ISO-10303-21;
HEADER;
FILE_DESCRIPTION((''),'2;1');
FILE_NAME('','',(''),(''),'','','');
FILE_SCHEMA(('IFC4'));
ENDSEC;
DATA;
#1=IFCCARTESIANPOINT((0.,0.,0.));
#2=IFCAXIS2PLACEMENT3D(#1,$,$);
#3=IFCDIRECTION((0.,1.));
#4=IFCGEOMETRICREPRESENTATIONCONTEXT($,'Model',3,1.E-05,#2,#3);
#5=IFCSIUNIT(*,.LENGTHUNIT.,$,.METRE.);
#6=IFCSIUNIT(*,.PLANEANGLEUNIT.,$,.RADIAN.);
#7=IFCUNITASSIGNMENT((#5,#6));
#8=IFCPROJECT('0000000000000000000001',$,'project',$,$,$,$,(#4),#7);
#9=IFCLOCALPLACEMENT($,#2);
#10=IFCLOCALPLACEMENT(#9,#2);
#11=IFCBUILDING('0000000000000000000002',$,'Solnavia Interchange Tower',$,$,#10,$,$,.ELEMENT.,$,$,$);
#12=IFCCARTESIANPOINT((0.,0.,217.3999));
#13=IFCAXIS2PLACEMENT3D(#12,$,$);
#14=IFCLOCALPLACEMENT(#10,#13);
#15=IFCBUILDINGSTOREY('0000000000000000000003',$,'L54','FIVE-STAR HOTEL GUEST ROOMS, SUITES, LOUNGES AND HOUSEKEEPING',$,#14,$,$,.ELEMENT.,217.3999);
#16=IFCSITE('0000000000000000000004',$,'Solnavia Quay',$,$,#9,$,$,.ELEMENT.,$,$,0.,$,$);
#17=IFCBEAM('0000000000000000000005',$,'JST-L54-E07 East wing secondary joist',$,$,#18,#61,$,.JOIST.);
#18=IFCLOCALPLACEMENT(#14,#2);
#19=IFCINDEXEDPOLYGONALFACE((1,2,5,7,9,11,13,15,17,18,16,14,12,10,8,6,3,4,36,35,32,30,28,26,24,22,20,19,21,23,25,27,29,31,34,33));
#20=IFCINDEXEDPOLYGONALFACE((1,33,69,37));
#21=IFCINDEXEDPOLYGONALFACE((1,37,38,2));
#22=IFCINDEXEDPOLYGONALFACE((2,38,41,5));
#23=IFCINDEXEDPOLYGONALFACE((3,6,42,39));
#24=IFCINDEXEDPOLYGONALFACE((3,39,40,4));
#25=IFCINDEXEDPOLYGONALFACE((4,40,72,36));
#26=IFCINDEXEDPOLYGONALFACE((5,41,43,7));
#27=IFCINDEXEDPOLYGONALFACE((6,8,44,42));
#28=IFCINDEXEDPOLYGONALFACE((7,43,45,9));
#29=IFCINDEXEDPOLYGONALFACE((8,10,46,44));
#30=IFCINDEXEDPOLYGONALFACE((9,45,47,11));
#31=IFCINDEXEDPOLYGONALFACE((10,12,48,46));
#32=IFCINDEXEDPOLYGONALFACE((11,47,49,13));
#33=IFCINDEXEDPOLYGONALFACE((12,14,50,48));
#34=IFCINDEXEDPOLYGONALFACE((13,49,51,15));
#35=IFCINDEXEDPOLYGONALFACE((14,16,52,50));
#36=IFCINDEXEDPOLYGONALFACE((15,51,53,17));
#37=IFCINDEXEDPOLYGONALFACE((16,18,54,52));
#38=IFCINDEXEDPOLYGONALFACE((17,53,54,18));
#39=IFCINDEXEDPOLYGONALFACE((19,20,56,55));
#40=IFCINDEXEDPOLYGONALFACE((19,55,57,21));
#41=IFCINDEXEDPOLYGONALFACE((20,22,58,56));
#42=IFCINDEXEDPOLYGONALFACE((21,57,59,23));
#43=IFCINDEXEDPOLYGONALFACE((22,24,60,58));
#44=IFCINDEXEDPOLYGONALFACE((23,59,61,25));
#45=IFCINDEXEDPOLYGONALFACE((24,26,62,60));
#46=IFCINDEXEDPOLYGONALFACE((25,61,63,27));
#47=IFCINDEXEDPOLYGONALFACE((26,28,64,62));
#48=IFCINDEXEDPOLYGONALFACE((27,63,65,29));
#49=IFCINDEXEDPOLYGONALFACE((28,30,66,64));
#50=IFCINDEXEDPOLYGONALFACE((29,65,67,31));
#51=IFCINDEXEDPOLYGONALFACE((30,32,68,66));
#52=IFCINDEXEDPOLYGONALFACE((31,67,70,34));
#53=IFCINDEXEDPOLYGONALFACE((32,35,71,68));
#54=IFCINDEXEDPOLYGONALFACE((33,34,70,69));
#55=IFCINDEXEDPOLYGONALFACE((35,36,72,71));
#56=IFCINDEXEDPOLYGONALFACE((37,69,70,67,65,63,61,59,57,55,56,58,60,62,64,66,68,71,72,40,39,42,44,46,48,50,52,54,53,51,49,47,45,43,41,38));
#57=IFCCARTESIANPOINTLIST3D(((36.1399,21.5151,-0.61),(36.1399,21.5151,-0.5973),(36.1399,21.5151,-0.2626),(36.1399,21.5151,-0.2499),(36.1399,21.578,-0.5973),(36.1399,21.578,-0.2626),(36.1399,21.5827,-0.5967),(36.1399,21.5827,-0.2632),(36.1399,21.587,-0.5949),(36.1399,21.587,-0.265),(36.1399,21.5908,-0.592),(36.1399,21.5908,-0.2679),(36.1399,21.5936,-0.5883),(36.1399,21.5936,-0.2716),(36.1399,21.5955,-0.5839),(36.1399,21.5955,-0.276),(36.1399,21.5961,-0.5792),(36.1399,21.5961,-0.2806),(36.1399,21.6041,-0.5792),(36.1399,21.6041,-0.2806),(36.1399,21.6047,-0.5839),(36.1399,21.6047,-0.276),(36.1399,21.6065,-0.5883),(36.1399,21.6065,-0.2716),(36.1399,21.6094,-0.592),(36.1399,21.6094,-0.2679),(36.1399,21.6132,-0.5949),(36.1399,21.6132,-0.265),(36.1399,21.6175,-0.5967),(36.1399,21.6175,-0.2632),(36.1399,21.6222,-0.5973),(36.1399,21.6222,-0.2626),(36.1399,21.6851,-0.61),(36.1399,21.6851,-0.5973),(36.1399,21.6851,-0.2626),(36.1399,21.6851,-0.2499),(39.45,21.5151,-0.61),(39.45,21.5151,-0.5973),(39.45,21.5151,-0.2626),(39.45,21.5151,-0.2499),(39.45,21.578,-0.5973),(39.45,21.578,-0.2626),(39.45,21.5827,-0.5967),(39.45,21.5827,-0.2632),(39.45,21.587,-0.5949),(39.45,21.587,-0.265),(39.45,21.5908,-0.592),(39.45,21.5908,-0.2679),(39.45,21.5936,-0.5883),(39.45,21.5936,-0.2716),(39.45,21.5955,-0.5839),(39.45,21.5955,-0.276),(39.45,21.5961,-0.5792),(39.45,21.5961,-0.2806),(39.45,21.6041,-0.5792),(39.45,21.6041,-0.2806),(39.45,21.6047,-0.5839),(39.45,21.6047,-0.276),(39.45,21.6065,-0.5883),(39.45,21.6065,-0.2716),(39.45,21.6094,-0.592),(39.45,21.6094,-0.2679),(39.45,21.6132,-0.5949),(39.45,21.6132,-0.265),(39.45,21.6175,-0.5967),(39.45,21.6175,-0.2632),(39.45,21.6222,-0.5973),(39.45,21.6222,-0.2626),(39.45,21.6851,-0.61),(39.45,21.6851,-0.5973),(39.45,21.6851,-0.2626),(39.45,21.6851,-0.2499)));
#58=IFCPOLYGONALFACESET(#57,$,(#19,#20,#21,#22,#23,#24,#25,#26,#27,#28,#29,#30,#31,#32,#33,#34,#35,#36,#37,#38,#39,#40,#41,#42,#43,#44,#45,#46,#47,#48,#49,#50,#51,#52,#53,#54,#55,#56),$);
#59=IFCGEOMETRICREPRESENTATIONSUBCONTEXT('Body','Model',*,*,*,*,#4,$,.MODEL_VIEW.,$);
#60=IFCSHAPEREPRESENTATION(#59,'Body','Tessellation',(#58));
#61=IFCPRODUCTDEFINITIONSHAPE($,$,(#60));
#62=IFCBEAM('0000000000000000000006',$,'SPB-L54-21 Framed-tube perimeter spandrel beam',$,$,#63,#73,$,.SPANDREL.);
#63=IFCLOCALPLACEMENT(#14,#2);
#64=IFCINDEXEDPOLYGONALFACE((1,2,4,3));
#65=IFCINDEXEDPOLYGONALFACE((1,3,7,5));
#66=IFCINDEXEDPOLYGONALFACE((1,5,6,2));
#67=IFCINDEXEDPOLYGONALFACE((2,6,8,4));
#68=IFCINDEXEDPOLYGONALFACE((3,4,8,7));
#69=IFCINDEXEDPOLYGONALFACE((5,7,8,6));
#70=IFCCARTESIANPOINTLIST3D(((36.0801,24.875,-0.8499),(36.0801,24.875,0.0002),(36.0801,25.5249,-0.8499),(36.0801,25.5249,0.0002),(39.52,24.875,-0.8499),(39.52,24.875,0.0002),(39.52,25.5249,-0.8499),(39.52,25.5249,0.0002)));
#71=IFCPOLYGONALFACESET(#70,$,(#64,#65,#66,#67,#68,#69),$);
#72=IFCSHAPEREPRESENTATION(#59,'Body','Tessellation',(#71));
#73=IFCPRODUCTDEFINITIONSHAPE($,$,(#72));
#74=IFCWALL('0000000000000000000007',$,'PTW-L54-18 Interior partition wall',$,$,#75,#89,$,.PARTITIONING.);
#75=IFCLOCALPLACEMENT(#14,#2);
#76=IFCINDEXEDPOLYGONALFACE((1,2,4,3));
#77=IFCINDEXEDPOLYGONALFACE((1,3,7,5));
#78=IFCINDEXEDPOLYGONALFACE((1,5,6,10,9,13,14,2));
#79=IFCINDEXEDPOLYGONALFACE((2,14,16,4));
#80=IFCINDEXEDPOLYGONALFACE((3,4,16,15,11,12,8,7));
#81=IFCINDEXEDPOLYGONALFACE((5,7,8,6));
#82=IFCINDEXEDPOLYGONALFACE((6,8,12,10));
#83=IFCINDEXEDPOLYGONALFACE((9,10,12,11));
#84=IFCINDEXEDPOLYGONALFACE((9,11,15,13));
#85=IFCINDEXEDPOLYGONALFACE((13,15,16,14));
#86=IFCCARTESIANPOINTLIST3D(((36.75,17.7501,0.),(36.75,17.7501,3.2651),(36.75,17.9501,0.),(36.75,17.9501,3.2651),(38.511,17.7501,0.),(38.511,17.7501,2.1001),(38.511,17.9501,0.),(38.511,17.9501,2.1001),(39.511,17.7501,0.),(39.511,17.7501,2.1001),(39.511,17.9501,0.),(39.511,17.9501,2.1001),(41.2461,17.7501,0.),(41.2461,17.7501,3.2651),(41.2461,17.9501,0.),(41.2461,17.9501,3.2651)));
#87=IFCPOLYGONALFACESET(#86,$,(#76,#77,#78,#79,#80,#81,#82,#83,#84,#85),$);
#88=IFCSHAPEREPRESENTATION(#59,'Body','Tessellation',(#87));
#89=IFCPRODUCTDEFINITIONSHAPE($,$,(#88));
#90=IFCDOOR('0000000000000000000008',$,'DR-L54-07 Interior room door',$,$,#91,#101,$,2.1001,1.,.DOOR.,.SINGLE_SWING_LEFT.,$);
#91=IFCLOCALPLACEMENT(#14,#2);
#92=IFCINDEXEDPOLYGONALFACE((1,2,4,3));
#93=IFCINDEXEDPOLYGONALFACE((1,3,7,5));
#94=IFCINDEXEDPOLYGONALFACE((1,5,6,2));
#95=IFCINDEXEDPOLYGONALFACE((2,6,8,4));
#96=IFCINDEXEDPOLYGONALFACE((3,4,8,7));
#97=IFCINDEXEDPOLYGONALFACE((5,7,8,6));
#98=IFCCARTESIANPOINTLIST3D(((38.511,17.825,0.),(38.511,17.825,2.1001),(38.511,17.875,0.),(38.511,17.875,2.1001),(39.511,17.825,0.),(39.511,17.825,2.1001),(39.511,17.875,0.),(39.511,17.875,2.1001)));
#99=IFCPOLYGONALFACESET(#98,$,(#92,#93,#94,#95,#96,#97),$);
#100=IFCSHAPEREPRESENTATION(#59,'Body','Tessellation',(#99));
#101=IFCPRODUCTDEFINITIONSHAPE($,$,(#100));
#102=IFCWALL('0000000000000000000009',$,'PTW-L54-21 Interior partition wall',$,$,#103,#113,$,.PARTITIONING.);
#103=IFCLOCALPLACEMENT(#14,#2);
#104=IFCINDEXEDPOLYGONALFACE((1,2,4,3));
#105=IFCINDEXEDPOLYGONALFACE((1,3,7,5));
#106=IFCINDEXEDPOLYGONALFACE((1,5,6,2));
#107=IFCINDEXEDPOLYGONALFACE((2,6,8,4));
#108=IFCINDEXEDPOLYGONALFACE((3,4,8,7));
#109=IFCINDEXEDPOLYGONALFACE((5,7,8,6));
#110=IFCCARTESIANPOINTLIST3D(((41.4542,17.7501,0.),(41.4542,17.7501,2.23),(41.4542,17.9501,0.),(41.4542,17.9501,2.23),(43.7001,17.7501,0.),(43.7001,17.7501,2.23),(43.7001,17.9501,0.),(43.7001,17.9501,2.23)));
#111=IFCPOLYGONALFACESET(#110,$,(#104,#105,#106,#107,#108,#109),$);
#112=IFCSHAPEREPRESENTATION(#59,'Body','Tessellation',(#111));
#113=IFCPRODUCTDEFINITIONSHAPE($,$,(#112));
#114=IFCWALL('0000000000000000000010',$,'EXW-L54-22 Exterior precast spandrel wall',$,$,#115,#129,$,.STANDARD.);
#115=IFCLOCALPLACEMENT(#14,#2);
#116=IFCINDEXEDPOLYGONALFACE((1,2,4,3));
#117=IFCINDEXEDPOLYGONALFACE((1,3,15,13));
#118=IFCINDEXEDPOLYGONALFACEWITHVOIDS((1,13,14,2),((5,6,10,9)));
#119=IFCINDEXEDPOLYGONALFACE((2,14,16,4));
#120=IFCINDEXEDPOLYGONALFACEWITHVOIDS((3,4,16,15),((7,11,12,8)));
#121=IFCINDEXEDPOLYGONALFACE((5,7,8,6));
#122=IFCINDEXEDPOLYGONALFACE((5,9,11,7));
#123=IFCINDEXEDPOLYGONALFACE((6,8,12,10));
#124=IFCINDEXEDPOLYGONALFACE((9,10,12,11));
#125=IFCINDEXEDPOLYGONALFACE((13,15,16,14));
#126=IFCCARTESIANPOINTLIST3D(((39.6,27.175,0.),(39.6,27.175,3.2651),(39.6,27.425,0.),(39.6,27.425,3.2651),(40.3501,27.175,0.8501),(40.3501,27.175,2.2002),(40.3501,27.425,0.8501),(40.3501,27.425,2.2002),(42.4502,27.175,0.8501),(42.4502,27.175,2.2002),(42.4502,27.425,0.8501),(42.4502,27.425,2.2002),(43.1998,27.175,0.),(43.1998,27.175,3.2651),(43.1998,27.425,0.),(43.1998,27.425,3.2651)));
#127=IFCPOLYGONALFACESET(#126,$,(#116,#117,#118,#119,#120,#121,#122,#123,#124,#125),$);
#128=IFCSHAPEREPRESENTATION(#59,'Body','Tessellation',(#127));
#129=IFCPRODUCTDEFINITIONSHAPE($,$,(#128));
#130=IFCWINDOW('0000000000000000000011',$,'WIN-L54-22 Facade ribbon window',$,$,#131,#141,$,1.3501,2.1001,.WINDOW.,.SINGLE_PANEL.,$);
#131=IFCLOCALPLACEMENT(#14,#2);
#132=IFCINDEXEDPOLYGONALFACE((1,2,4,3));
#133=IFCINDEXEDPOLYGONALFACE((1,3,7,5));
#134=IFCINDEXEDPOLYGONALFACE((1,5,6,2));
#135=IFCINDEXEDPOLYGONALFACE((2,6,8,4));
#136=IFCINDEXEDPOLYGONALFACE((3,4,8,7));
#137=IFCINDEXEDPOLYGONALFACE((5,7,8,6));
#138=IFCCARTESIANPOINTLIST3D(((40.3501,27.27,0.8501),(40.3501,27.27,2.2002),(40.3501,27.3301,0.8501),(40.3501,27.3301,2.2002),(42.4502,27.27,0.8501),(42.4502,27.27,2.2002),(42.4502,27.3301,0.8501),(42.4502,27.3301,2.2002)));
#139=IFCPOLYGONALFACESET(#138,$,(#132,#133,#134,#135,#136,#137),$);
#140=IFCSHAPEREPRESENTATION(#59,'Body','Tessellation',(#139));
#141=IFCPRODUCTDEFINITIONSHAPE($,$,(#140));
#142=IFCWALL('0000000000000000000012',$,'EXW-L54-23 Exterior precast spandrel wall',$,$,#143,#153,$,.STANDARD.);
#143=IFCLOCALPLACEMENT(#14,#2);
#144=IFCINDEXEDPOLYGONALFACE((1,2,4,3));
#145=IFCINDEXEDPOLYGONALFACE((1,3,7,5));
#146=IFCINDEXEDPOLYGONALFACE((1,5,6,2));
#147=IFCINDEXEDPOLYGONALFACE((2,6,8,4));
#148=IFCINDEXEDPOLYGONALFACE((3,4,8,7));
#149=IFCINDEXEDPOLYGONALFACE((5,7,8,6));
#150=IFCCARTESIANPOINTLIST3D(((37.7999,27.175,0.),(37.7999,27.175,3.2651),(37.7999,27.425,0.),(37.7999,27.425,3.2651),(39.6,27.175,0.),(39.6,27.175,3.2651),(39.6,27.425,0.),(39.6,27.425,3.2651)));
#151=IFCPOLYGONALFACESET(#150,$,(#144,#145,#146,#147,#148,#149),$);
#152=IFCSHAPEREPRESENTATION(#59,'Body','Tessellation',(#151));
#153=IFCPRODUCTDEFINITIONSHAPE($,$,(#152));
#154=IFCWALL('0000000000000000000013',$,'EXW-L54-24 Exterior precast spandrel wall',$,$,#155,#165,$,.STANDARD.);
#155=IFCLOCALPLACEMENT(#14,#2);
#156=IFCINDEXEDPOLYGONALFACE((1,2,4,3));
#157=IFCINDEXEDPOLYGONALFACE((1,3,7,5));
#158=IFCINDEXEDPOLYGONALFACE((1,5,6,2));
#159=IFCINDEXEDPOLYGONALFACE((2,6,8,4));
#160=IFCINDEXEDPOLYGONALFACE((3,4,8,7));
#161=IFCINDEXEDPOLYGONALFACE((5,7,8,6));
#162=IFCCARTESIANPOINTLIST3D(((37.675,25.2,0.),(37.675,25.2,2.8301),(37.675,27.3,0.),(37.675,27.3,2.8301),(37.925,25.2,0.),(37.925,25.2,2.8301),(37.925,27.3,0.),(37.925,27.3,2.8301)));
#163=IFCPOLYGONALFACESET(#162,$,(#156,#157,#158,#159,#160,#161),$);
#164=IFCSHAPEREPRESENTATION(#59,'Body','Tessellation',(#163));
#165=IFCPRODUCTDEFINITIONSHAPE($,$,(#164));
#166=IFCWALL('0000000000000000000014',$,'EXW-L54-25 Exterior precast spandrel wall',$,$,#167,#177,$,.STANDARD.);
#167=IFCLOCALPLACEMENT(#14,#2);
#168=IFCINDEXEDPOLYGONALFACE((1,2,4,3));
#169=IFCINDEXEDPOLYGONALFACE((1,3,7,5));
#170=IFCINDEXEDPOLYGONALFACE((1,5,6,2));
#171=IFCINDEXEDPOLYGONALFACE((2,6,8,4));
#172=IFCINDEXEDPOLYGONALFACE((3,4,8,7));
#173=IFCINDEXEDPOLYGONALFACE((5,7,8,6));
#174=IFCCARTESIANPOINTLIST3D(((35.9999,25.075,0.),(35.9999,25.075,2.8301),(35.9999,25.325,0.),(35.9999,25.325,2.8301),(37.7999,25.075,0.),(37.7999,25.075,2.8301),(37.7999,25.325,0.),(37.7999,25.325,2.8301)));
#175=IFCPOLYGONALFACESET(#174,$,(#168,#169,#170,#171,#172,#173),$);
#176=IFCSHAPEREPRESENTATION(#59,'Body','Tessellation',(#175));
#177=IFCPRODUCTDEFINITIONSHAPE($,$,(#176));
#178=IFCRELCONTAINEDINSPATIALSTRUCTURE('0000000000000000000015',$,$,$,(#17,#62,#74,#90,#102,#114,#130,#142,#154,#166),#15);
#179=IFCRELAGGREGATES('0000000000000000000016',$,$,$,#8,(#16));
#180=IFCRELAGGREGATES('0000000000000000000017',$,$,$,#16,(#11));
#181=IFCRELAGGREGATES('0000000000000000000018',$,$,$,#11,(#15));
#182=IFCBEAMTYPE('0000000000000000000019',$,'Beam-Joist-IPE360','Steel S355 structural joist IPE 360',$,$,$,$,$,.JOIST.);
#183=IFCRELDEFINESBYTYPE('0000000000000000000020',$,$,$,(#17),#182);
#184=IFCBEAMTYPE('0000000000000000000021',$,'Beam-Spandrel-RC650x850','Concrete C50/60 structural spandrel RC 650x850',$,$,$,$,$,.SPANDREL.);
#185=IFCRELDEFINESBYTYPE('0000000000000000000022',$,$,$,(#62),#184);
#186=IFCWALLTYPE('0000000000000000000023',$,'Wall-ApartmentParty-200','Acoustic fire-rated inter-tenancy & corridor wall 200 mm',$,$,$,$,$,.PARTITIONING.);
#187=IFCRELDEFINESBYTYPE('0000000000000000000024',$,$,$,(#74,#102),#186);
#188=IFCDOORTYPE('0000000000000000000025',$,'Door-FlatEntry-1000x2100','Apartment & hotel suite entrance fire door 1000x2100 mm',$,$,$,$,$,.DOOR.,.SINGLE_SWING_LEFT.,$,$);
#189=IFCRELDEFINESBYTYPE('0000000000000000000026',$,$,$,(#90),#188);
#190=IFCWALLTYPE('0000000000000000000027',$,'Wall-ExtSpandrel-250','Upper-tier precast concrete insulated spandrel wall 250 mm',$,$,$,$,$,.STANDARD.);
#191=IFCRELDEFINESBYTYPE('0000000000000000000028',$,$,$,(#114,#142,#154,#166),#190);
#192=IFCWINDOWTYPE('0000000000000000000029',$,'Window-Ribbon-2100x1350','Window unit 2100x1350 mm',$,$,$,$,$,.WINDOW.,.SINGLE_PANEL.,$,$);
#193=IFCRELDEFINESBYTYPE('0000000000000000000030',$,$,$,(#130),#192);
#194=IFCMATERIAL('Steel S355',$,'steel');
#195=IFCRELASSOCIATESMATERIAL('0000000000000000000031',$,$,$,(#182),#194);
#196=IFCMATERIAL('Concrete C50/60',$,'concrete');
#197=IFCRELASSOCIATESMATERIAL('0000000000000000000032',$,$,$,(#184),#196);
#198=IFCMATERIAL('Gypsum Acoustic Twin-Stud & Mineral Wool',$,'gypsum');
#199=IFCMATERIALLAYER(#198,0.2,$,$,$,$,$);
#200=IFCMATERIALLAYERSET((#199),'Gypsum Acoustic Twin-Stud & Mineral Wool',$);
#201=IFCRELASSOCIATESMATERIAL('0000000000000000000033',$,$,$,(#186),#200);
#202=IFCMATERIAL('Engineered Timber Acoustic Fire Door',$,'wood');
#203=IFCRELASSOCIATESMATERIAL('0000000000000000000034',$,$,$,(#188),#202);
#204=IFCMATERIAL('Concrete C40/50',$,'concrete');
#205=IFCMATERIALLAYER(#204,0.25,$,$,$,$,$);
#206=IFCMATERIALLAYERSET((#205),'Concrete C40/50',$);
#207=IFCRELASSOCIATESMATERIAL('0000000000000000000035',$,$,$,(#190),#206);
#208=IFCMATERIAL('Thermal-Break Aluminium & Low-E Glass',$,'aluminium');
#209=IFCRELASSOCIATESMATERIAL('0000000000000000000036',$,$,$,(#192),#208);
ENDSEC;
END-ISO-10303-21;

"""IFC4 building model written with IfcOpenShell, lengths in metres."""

from ifc_helpers import new_model, si_unit, direction, frame, frame_2d, origin, origin_2d, place, context, subcontext, project, spatial, rectangle, i_section, extrude, material, layer, layer_set, material_profile, profile_set, type_object, element, fill, save


model = new_model("IFC4")

# Units and contexts
model_context = context("Model", 3, precision=1e-05, world=origin(), true_north=direction((0.0, 1.0)))
body_context = subcontext(model_context, "Body", "Model", "MODEL_VIEW")
ifc_project = project(units=[si_unit("LENGTHUNIT", "METRE"), si_unit("PLANEANGLEUNIT", "RADIAN")], contexts=[model_context])

# Site, building, storey
site_placement = place(None, origin())
site = spatial("IfcSite", under=ifc_project, at=site_placement, Name="Solnavia Quay", CompositionType="ELEMENT", RefElevation=0.0)
building_placement = place(site_placement, origin())
building = spatial("IfcBuilding", under=site, at=building_placement, Name="Solnavia Interchange Tower", CompositionType="ELEMENT")
storey_placement = place(building_placement, frame((0.0, 0.0, 217.3999)))
storey = spatial("IfcBuildingStorey", under=building, at=storey_placement, Name="L54", Description="FIVE-STAR HOTEL GUEST ROOMS, SUITES, LOUNGES AND HOUSEKEEPING", CompositionType="ELEMENT", Elevation=217.3999)

# Shared definitions
ifc_material_1 = material(Name="Concrete C50/60", Category="concrete")

# Beams
ifc_material_2 = material(Name="Steel S355", Category="steel")
ifc_material_profile_1 = material_profile(ifc_material_2, i_section(OverallWidth=0.1699, OverallDepth=0.3601, WebThickness=0.0081, FlangeThickness=0.0127, FilletRadius=0.0181, at=origin_2d()), Name="IPE 360")
ifc_profile_set_1 = profile_set([ifc_material_profile_1], Name="Steel S355")
beam_type_1 = type_object("IfcBeamType", Name="Beam-Joist-IPE360", Description="Steel S355 structural joist IPE 360", PredefinedType="JOIST", material=ifc_profile_set_1)
beam_1_placement = place(storey_placement, frame((36.1399, 21.6001, -0.4299), z_axis=(1.0, 0.0, 0.0), x_axis=(0.0, 1.0, 0.0)))
element("IfcBeam", 1, at=beam_1_placement, inside=storey, type_object=beam_type_1, Name="JST-L54-E07 East wing secondary joist", PredefinedType="JOIST", context=body_context, shape_type="SweptSolid", body=[
    extrude(i_section(OverallWidth=0.1699, OverallDepth=0.3601, WebThickness=0.0081, FlangeThickness=0.0127, FilletRadius=0.0181, at=origin_2d()), origin(), (0.0, 0.0, 1.0), 3.3101),
])
ifc_material_profile_2 = material_profile(ifc_material_1, rectangle(XDim=0.6499, YDim=0.8501, at=origin_2d()), Name="RC 650x850")
ifc_profile_set_2 = profile_set([ifc_material_profile_2], Name="Concrete C50/60")
beam_type_2 = type_object("IfcBeamType", Name="Beam-Spandrel-RC650x850", Description="Concrete C50/60 structural spandrel RC 650x850", PredefinedType="SPANDREL", material=ifc_profile_set_2)
beam_2_placement = place(storey_placement, frame((39.52, 25.2, -0.4248), z_axis=(-1.0, 0.0, 0.0), x_axis=(0.0, -1.0, 0.0)))
element("IfcBeam", 2, at=beam_2_placement, inside=storey, type_object=beam_type_2, Name="SPB-L54-21 Framed-tube perimeter spandrel beam", PredefinedType="SPANDREL", context=body_context, shape_type="SweptSolid", body=[
    extrude(rectangle(XDim=0.6499, YDim=0.8501, at=origin_2d()), origin(), (0.0, 0.0, 1.0), 3.4399),
])

# Wall, opening, door
ifc_material_3 = material(Name="Gypsum Acoustic Twin-Stud & Mineral Wool", Category="gypsum")
ifc_layer_1 = layer(ifc_material_3, 0.2)
ifc_layer_set_1 = layer_set([ifc_layer_1], Name="Gypsum Acoustic Twin-Stud & Mineral Wool")
wall_type_1 = type_object("IfcWallType", Name="Wall-ApartmentParty-200", Description="Acoustic fire-rated inter-tenancy & corridor wall 200 mm", PredefinedType="PARTITIONING", material=ifc_layer_set_1)
wall_1_placement = place(storey_placement, frame((36.75, 17.8501, 0.0), z_axis=(0.0, 0.0, 1.0), x_axis=(1.0, 0.0, 0.0)))
wall_1 = element("IfcWall", 3, at=wall_1_placement, inside=storey, type_object=wall_type_1, Name="PTW-L54-18 Interior partition wall", PredefinedType="PARTITIONING", context=body_context, shape_type="SweptSolid", body=[
    extrude(rectangle(XDim=4.4961, YDim=0.2, at=frame_2d((2.248, 0.0))), origin(), (0.0, 0.0, 1.0), 3.2651),
])
opening_1_placement = place(wall_1_placement, frame((1.761, 0.0, 0.0)))
opening_1 = element("IfcOpeningElement", 4, at=opening_1_placement, cuts=wall_1, PredefinedType="OPENING", context=body_context, shape_type="SweptSolid", body=[
    extrude(rectangle(XDim=1.0, YDim=2.1001, at=frame_2d((0.5, 1.05))), frame((0.0, 0.1099, 0.0), z_axis=(0.0, -1.0, 0.0), x_axis=(1.0, 0.0, 0.0)), (0.0, 0.0, 1.0), 0.22),
])
ifc_material_4 = material(Name="Engineered Timber Acoustic Fire Door", Category="wood")
door_type_1 = type_object("IfcDoorType", Name="Door-FlatEntry-1000x2100", Description="Apartment & hotel suite entrance fire door 1000x2100 mm", OperationType="SINGLE_SWING_LEFT", PredefinedType="DOOR", material=ifc_material_4)
door_1_placement = place(opening_1_placement, origin())
door_1 = element("IfcDoor", 5, at=door_1_placement, inside=storey, type_object=door_type_1, Name="DR-L54-07 Interior room door", OperationType="SINGLE_SWING_LEFT", OverallHeight=2.1001, OverallWidth=1.0, PredefinedType="DOOR", context=body_context, shape_type="SweptSolid", body=[
    extrude(rectangle(XDim=1.0, YDim=2.1001, at=frame_2d((0.5, 1.05))), frame((0.0, 0.0249, 0.0), z_axis=(0.0, -1.0, 0.0), x_axis=(1.0, 0.0, 0.0)), (0.0, 0.0, 1.0), 0.05),
])
fill(opening_1, door_1)

# Wall
wall_2_placement = place(storey_placement, frame((41.4541, 17.8501, 0.0), z_axis=(0.0, 0.0, 1.0), x_axis=(1.0, 0.0, 0.0)))
element("IfcWall", 6, at=wall_2_placement, inside=storey, type_object=wall_type_1, Name="PTW-L54-21 Interior partition wall", PredefinedType="PARTITIONING", context=body_context, shape_type="SweptSolid", body=[
    extrude(rectangle(XDim=2.2458, YDim=0.2, at=frame_2d((1.123, 0.0))), origin(), (0.0, 0.0, 1.0), 2.23),
])

# Wall, opening, window
ifc_material_5 = material(Name="Concrete C40/50", Category="concrete")
ifc_layer_2 = layer(ifc_material_5, 0.25)
ifc_layer_set_2 = layer_set([ifc_layer_2], Name="Concrete C40/50")
wall_type_2 = type_object("IfcWallType", Name="Wall-ExtSpandrel-250", Description="Upper-tier precast concrete insulated spandrel wall 250 mm", PredefinedType="STANDARD", material=ifc_layer_set_2)
wall_3_placement = place(storey_placement, frame((39.6001, 27.3, 0.0), z_axis=(0.0, 0.0, 1.0), x_axis=(1.0, 0.0, 0.0)))
wall_3 = element("IfcWall", 7, at=wall_3_placement, inside=storey, type_object=wall_type_2, Name="EXW-L54-22 Exterior precast spandrel wall", PredefinedType="STANDARD", context=body_context, shape_type="SweptSolid", body=[
    extrude(rectangle(XDim=3.5999, YDim=0.25, at=frame_2d((1.7998, 0.0))), origin(), (0.0, 0.0, 1.0), 3.2651),
])
opening_2_placement = place(wall_3_placement, frame((0.75, 0.0, 0.8501)))
opening_2 = element("IfcOpeningElement", 8, at=opening_2_placement, cuts=wall_3, PredefinedType="OPENING", context=body_context, shape_type="SweptSolid", body=[
    extrude(rectangle(XDim=2.1001, YDim=1.3501, at=frame_2d((1.05, 0.675))), frame((0.0, 0.135, 0.0), z_axis=(0.0, -1.0, 0.0), x_axis=(1.0, 0.0, 0.0)), (0.0, 0.0, 1.0), 0.27),
])
ifc_material_6 = material(Name="Thermal-Break Aluminium & Low-E Glass", Category="aluminium")
window_type = type_object("IfcWindowType", Name="Window-Ribbon-2100x1350", Description="Window unit 2100x1350 mm", PartitioningType="SINGLE_PANEL", PredefinedType="WINDOW", material=ifc_material_6)
window_placement = place(opening_2_placement, origin())
window = element("IfcWindow", 9, at=window_placement, inside=storey, type_object=window_type, Name="WIN-L54-22 Facade ribbon window", OverallHeight=1.3501, OverallWidth=2.1001, PartitioningType="SINGLE_PANEL", PredefinedType="WINDOW", context=body_context, shape_type="SweptSolid", body=[
    extrude(rectangle(XDim=2.1001, YDim=1.3501, at=frame_2d((1.05, 0.675))), frame((0.0, 0.03, 0.0), z_axis=(0.0, -1.0, 0.0), x_axis=(1.0, 0.0, 0.0)), (0.0, 0.0, 1.0), 0.0601),
])
fill(opening_2, window)

# Walls
wall_4_placement = place(storey_placement, frame((37.8, 27.3, 0.0), z_axis=(0.0, 0.0, 1.0), x_axis=(1.0, 0.0, 0.0)))
element("IfcWall", 10, at=wall_4_placement, inside=storey, type_object=wall_type_2, Name="EXW-L54-23 Exterior precast spandrel wall", PredefinedType="STANDARD", context=body_context, shape_type="SweptSolid", body=[
    extrude(rectangle(XDim=1.8, YDim=0.25, at=frame_2d((0.8999, 0.0))), origin(), (0.0, 0.0, 1.0), 3.2651),
])
wall_5_placement = place(storey_placement, frame((37.8, 27.3, 0.0), z_axis=(0.0, 0.0, 1.0), x_axis=(0.0, -1.0, 0.0)))
element("IfcWall", 11, at=wall_5_placement, inside=storey, type_object=wall_type_2, Name="EXW-L54-24 Exterior precast spandrel wall", PredefinedType="STANDARD", context=body_context, shape_type="SweptSolid", body=[
    extrude(rectangle(XDim=2.1001, YDim=0.25, at=frame_2d((1.05, 0.0))), origin(), (0.0, 0.0, 1.0), 2.8301),
])
wall_6_placement = place(storey_placement, frame((36.0, 25.2, 0.0), z_axis=(0.0, 0.0, 1.0), x_axis=(1.0, 0.0, 0.0)))
element("IfcWall", 12, at=wall_6_placement, inside=storey, type_object=wall_type_2, Name="EXW-L54-25 Exterior precast spandrel wall", PredefinedType="STANDARD", context=body_context, shape_type="SweptSolid", body=[
    extrude(rectangle(XDim=1.8, YDim=0.25, at=frame_2d((0.8999, 0.0))), origin(), (0.0, 0.0, 1.0), 2.8301),
])

save(model, "model.ifc")
